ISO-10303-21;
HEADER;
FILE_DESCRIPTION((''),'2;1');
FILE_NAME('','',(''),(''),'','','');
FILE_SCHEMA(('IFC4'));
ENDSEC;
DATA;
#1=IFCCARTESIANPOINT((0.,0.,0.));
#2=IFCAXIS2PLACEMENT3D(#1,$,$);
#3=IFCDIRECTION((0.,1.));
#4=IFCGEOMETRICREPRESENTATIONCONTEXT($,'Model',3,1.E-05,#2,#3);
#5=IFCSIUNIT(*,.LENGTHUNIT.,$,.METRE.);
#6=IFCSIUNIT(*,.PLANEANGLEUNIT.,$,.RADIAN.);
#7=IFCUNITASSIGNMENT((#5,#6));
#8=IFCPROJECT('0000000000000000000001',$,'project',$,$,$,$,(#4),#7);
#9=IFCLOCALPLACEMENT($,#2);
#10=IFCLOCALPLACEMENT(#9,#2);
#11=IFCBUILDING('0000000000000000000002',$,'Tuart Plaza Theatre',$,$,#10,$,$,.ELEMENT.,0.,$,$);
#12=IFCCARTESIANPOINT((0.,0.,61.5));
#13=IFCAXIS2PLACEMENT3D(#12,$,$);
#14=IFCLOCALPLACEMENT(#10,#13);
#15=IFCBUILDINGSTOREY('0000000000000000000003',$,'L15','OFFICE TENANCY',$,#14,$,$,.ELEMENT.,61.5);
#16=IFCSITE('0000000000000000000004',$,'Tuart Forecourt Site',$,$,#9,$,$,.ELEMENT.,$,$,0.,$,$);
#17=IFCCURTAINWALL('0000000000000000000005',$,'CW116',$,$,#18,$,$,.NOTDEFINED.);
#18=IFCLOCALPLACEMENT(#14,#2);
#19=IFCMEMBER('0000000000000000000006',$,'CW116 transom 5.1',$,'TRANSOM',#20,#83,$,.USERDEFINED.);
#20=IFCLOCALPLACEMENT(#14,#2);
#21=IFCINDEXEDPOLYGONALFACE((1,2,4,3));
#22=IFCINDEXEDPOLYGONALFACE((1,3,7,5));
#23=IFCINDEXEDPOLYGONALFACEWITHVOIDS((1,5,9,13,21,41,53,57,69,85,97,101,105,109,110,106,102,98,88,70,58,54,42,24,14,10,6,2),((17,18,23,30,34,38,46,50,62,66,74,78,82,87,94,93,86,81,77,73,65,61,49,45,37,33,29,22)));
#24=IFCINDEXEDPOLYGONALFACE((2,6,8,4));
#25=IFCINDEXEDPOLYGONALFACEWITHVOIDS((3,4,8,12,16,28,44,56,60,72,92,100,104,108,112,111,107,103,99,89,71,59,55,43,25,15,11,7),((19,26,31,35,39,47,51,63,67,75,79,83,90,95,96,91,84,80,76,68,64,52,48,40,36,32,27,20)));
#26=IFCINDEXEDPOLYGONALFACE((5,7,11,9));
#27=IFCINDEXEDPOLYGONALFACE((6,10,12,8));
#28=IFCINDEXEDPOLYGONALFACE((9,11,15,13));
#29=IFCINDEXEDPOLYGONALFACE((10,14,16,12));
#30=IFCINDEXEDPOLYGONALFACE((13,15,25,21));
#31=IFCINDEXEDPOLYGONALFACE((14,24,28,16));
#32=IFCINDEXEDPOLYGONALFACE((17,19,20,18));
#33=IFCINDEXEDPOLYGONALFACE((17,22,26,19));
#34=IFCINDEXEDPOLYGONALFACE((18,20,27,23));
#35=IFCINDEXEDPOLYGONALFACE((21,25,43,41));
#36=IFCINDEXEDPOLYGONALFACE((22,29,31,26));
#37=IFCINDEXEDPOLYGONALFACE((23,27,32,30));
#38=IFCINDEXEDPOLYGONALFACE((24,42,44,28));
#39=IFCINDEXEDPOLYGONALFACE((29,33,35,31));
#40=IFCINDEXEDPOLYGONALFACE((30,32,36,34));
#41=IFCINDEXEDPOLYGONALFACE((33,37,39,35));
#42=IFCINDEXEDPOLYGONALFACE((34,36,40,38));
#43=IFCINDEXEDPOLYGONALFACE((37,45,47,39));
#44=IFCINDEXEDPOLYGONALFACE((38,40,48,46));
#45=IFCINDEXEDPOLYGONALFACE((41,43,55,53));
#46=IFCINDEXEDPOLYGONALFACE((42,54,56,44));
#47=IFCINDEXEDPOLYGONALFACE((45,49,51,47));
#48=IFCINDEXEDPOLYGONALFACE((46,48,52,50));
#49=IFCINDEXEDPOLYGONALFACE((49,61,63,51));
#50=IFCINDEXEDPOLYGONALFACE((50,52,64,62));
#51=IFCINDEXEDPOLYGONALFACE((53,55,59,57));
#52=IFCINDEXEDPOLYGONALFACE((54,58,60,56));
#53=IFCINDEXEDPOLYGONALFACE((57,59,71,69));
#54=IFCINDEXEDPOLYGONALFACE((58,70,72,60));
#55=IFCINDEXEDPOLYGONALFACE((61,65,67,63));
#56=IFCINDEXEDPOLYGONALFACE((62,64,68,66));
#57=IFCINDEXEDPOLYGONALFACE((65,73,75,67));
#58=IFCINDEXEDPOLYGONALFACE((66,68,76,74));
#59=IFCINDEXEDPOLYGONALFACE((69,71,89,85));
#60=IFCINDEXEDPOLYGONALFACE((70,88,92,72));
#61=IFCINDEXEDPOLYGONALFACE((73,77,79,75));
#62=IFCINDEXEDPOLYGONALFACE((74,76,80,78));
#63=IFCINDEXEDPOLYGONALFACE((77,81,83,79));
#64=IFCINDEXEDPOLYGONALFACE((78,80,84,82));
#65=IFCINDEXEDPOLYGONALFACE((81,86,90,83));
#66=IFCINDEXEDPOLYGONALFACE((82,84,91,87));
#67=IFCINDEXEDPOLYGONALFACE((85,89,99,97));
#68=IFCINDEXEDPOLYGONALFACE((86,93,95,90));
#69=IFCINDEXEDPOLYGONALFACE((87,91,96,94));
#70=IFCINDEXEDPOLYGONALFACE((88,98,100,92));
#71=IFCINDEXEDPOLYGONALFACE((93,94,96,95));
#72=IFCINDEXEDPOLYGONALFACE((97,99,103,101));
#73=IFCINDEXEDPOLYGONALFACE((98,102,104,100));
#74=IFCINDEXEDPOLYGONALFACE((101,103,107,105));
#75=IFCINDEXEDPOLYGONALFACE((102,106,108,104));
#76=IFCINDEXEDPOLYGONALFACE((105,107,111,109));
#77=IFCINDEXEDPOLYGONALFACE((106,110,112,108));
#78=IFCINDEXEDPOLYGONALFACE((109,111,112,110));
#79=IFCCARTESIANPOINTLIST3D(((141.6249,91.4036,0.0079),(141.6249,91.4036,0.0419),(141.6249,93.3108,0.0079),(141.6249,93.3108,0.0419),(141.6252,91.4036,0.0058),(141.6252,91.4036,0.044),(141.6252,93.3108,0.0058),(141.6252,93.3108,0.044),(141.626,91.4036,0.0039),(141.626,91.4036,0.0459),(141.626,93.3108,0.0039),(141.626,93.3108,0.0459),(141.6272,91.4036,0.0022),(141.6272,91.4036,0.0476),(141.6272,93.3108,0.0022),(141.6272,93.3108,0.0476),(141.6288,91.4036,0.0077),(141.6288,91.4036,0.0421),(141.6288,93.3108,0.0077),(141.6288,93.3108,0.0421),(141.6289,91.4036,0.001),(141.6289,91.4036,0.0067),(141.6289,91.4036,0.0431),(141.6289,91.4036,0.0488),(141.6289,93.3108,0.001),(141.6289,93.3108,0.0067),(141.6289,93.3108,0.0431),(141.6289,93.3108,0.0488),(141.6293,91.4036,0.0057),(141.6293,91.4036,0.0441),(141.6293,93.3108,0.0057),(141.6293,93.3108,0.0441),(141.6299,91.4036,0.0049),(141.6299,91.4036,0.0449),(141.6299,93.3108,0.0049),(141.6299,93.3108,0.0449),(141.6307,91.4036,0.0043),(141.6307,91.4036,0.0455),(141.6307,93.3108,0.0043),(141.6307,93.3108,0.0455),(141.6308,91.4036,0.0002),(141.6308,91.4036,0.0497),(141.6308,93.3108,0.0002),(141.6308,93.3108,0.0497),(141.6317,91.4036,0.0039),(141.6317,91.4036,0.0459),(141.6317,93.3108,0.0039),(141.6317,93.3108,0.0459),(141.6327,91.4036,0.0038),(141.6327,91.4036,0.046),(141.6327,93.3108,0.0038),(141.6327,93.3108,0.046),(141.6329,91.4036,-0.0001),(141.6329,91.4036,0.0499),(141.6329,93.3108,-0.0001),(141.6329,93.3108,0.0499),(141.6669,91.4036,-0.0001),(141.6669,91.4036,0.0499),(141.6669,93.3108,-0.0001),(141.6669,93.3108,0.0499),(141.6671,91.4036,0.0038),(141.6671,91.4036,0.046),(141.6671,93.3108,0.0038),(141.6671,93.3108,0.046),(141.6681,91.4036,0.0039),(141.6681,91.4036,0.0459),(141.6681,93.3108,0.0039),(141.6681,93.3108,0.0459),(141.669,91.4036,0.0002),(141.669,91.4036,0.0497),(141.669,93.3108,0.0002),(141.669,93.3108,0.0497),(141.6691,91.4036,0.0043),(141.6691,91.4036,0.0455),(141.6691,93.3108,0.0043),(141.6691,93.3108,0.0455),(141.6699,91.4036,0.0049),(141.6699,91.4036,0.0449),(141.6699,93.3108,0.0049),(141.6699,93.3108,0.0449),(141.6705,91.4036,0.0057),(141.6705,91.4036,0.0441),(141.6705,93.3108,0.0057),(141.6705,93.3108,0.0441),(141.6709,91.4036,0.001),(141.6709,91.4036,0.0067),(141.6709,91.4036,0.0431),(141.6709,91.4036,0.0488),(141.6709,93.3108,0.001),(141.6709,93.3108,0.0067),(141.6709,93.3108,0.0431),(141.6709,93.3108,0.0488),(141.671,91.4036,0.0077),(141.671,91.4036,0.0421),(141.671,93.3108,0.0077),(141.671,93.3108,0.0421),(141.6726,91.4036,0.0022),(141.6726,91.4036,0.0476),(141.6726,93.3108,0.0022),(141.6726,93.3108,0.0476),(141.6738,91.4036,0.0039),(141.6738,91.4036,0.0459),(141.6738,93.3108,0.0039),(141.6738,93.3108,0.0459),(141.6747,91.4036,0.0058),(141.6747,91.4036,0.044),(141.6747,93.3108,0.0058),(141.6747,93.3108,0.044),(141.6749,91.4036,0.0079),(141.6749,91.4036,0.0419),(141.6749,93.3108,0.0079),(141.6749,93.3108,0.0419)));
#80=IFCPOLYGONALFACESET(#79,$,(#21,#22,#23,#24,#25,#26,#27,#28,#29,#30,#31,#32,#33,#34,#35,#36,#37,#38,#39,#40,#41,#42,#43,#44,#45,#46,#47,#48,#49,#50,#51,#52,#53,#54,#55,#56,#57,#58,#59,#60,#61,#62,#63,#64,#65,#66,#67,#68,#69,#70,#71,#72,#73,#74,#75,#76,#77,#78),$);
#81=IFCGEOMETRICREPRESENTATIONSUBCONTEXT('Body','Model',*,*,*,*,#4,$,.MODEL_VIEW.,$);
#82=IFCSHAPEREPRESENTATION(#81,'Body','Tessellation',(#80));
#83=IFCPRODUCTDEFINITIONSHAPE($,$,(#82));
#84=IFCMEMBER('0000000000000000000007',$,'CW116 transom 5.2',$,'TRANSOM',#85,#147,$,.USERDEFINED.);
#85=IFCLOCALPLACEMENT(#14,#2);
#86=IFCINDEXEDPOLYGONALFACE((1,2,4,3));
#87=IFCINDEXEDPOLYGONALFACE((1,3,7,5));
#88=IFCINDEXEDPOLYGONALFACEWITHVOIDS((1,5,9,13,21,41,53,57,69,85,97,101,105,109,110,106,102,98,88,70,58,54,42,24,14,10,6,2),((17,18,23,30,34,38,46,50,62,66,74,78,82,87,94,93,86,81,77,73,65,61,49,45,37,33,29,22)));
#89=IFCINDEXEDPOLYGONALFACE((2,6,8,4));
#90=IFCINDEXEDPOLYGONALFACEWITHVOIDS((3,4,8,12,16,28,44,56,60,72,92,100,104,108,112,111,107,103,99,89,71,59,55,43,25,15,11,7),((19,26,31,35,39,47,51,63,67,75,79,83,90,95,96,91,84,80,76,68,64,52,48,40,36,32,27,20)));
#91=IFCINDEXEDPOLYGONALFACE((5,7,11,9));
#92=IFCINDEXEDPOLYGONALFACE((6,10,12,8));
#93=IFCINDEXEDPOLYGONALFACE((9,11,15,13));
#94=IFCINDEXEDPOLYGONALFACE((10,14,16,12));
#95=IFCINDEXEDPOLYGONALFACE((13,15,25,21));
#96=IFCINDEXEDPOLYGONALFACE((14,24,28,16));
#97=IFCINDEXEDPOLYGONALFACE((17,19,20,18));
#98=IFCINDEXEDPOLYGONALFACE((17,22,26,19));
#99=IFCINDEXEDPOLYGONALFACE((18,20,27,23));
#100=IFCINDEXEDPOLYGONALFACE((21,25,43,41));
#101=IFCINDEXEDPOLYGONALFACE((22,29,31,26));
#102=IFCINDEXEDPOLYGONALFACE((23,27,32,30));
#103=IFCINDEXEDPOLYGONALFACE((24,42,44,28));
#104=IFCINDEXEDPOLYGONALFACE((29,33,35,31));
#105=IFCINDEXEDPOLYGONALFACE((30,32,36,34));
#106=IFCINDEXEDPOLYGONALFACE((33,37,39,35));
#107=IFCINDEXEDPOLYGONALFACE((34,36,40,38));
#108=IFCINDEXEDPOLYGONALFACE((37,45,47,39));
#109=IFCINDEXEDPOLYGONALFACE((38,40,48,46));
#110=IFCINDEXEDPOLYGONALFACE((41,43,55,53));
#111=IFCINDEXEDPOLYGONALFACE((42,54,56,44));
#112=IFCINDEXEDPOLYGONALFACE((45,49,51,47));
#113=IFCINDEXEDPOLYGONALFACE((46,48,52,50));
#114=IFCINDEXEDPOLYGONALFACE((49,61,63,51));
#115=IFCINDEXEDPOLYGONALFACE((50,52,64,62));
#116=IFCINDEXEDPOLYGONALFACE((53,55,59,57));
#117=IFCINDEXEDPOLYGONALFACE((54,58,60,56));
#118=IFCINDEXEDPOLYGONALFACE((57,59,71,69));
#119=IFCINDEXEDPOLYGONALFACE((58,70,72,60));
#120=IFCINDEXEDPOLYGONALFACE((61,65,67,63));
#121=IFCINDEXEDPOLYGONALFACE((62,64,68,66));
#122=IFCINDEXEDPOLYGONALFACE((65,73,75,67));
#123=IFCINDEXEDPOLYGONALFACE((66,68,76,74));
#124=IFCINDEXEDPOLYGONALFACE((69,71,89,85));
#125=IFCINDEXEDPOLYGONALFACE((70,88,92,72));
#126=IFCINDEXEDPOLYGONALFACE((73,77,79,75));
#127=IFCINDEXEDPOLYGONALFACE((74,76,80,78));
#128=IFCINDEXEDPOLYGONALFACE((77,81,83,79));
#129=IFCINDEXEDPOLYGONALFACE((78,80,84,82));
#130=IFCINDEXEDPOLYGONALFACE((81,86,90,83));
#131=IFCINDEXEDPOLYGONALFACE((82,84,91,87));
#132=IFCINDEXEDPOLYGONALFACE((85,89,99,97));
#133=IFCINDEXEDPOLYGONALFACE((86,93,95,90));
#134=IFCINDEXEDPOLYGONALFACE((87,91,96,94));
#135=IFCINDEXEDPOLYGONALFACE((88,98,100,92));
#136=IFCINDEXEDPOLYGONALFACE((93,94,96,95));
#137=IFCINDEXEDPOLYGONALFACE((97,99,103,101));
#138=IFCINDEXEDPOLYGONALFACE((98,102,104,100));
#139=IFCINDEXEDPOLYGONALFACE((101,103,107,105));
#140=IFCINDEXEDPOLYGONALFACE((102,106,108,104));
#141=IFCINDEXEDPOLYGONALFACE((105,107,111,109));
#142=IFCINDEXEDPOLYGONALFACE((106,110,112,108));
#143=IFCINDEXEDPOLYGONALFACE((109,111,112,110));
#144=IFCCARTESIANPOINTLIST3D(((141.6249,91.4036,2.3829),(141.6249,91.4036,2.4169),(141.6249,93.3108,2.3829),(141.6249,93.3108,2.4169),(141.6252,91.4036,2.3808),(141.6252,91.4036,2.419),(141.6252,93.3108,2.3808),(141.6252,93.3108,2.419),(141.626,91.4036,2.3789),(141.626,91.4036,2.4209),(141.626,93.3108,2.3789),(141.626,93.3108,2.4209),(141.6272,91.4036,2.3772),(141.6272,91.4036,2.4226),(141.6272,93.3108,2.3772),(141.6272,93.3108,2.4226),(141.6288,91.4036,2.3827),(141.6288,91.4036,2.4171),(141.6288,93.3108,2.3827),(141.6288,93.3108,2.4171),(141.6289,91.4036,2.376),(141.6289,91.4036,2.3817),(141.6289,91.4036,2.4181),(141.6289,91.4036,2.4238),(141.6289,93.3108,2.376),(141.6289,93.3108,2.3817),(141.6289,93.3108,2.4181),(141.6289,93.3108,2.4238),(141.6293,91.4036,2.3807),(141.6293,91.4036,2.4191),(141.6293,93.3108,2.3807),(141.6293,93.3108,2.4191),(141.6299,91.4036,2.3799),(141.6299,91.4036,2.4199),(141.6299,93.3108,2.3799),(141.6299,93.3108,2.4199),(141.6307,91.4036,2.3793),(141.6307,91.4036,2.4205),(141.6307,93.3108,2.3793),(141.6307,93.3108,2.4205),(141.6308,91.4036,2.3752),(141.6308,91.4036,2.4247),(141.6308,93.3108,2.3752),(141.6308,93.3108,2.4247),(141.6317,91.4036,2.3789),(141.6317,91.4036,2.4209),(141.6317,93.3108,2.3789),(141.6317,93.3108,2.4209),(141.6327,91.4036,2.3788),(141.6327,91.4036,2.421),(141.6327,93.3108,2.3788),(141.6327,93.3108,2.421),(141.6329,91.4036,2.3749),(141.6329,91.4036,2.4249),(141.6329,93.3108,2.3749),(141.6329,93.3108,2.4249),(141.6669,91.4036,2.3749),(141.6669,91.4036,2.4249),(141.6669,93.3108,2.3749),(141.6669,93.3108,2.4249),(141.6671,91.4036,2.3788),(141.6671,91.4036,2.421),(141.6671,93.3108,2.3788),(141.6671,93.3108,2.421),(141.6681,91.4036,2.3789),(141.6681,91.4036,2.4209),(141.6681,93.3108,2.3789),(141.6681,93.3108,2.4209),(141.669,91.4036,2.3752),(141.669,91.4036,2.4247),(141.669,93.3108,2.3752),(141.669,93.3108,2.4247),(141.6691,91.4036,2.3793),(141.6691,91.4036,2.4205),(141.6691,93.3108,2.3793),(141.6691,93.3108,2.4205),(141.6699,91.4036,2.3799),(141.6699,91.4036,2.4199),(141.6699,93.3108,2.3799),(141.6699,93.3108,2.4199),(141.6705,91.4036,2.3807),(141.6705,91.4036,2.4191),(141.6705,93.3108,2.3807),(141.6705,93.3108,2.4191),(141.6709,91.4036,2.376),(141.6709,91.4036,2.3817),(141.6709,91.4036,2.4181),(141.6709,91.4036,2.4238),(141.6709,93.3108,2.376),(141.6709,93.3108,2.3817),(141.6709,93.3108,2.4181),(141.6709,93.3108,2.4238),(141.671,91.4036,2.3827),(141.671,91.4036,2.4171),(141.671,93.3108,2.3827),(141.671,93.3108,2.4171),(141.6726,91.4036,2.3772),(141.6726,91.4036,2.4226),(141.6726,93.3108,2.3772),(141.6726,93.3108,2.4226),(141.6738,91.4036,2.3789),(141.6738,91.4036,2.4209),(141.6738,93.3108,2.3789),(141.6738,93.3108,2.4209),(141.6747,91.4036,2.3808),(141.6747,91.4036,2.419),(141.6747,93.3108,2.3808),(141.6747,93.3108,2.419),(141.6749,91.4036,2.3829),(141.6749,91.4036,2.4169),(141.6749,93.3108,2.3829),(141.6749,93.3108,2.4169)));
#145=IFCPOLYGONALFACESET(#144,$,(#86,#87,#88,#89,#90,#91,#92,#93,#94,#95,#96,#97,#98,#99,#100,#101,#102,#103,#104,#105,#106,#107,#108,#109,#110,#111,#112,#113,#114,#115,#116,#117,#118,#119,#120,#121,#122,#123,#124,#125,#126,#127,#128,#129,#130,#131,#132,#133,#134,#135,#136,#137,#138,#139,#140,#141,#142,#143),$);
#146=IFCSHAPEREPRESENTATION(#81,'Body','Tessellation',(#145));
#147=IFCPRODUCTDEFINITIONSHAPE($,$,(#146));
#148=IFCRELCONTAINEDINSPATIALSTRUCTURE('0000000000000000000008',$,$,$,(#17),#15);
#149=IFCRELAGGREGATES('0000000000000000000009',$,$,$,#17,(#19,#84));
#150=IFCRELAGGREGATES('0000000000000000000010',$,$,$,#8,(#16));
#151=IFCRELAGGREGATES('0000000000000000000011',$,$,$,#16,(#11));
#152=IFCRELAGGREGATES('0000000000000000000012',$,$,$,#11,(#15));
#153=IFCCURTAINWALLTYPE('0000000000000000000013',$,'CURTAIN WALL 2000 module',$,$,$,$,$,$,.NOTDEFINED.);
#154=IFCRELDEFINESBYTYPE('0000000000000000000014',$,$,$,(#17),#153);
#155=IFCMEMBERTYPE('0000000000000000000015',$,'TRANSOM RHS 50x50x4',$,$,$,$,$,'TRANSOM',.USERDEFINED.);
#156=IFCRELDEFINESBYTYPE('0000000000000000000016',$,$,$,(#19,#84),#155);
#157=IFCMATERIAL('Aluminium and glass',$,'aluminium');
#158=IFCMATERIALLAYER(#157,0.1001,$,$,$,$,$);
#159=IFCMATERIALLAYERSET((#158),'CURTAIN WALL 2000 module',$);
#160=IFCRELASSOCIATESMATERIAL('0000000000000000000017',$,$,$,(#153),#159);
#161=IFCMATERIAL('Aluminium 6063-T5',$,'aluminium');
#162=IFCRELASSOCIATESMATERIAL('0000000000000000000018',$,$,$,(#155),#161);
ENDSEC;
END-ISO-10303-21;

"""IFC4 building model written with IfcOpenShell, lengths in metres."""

from ifc_helpers import new_model, si_unit, direction, frame, origin, origin_2d, place, context, subcontext, project, spatial, hollow_rectangle, extrude, material, layer, layer_set, material_profile, profile_set, type_object, element, aggregate, save


model = new_model("IFC4")

# Units and contexts
model_context = context("Model", 3, precision=1e-05, world=origin(), true_north=direction((0.0, 1.0)))
body_context = subcontext(model_context, "Body", "Model", "MODEL_VIEW")
ifc_project = project(units=[si_unit("LENGTHUNIT", "METRE"), si_unit("PLANEANGLEUNIT", "RADIAN")], contexts=[model_context])

# Site, building, storey
site_placement = place(None, origin())
site = spatial("IfcSite", under=ifc_project, at=site_placement, Name="Tuart Forecourt Site", CompositionType="ELEMENT", RefElevation=0.0)
building_placement = place(site_placement, origin())
building = spatial("IfcBuilding", under=site, at=building_placement, Name="Tuart Plaza Theatre", CompositionType="ELEMENT", ElevationOfRefHeight=0.0)
storey_placement = place(building_placement, frame((0.0, 0.0, 61.5)))
storey = spatial("IfcBuildingStorey", under=building, at=storey_placement, Name="L15", Description="OFFICE TENANCY", CompositionType="ELEMENT", Elevation=61.5)

# Curtain wall, members
ifc_material_1 = material(Name="Aluminium and glass", Category="aluminium")
ifc_layer_1 = layer(ifc_material_1, 0.1001)
ifc_layer_set_1 = layer_set([ifc_layer_1], Name="CURTAIN WALL 2000 module")
curtain_wall_type = type_object("IfcCurtainWallType", Name="CURTAIN WALL 2000 module", PredefinedType="NOTDEFINED", material=ifc_layer_set_1)
curtain_wall_placement = place(storey_placement, origin())
curtain_wall = element("IfcCurtainWall", 1, at=curtain_wall_placement, inside=storey, type_object=curtain_wall_type, Name="CW116", PredefinedType="NOTDEFINED")
ifc_material_2 = material(Name="Aluminium 6063-T5", Category="aluminium")
ifc_material_profile_1 = material_profile(ifc_material_2, hollow_rectangle(XDim=0.05, YDim=0.05, WallThickness=0.0039, InnerFilletRadius=0.0039, OuterFilletRadius=0.0081, at=origin_2d()), Name="RHS 50x50x4")
ifc_profile_set_1 = profile_set([ifc_material_profile_1], Name="Aluminium 6063-T5")
member_type_1 = type_object("IfcMemberType", Name="TRANSOM RHS 50x50x4", ElementType="TRANSOM", PredefinedType="USERDEFINED", material=ifc_profile_set_1)
member_1_placement = place(storey_placement, frame((141.6499, 91.4036, 0.0249), z_axis=(0.0, 1.0, 0.0), x_axis=(-1.0, 0.0, 0.0)))
member_1 = element("IfcMember", 2, at=member_1_placement, type_object=member_type_1, Name="CW116 transom 5.1", ObjectType="TRANSOM", PredefinedType="USERDEFINED", context=body_context, shape_type="SweptSolid", body=[
    extrude(hollow_rectangle(XDim=0.05, YDim=0.05, WallThickness=0.0039, InnerFilletRadius=0.0039, OuterFilletRadius=0.0081, at=origin_2d()), origin(), (0.0, 0.0, 1.0), 1.9072),
])
member_2_placement = place(storey_placement, frame((141.6499, 91.4036, 2.3999), z_axis=(0.0, 1.0, 0.0), x_axis=(-1.0, 0.0, 0.0)))
member_2 = element("IfcMember", 3, at=member_2_placement, type_object=member_type_1, Name="CW116 transom 5.2", ObjectType="TRANSOM", PredefinedType="USERDEFINED", context=body_context, shape_type="SweptSolid", body=[
    extrude(hollow_rectangle(XDim=0.05, YDim=0.05, WallThickness=0.0039, InnerFilletRadius=0.0039, OuterFilletRadius=0.0081, at=origin_2d()), origin(), (0.0, 0.0, 1.0), 1.9072),
])
aggregate(curtain_wall, [member_1, member_2])

save(model, "model.ifc")
